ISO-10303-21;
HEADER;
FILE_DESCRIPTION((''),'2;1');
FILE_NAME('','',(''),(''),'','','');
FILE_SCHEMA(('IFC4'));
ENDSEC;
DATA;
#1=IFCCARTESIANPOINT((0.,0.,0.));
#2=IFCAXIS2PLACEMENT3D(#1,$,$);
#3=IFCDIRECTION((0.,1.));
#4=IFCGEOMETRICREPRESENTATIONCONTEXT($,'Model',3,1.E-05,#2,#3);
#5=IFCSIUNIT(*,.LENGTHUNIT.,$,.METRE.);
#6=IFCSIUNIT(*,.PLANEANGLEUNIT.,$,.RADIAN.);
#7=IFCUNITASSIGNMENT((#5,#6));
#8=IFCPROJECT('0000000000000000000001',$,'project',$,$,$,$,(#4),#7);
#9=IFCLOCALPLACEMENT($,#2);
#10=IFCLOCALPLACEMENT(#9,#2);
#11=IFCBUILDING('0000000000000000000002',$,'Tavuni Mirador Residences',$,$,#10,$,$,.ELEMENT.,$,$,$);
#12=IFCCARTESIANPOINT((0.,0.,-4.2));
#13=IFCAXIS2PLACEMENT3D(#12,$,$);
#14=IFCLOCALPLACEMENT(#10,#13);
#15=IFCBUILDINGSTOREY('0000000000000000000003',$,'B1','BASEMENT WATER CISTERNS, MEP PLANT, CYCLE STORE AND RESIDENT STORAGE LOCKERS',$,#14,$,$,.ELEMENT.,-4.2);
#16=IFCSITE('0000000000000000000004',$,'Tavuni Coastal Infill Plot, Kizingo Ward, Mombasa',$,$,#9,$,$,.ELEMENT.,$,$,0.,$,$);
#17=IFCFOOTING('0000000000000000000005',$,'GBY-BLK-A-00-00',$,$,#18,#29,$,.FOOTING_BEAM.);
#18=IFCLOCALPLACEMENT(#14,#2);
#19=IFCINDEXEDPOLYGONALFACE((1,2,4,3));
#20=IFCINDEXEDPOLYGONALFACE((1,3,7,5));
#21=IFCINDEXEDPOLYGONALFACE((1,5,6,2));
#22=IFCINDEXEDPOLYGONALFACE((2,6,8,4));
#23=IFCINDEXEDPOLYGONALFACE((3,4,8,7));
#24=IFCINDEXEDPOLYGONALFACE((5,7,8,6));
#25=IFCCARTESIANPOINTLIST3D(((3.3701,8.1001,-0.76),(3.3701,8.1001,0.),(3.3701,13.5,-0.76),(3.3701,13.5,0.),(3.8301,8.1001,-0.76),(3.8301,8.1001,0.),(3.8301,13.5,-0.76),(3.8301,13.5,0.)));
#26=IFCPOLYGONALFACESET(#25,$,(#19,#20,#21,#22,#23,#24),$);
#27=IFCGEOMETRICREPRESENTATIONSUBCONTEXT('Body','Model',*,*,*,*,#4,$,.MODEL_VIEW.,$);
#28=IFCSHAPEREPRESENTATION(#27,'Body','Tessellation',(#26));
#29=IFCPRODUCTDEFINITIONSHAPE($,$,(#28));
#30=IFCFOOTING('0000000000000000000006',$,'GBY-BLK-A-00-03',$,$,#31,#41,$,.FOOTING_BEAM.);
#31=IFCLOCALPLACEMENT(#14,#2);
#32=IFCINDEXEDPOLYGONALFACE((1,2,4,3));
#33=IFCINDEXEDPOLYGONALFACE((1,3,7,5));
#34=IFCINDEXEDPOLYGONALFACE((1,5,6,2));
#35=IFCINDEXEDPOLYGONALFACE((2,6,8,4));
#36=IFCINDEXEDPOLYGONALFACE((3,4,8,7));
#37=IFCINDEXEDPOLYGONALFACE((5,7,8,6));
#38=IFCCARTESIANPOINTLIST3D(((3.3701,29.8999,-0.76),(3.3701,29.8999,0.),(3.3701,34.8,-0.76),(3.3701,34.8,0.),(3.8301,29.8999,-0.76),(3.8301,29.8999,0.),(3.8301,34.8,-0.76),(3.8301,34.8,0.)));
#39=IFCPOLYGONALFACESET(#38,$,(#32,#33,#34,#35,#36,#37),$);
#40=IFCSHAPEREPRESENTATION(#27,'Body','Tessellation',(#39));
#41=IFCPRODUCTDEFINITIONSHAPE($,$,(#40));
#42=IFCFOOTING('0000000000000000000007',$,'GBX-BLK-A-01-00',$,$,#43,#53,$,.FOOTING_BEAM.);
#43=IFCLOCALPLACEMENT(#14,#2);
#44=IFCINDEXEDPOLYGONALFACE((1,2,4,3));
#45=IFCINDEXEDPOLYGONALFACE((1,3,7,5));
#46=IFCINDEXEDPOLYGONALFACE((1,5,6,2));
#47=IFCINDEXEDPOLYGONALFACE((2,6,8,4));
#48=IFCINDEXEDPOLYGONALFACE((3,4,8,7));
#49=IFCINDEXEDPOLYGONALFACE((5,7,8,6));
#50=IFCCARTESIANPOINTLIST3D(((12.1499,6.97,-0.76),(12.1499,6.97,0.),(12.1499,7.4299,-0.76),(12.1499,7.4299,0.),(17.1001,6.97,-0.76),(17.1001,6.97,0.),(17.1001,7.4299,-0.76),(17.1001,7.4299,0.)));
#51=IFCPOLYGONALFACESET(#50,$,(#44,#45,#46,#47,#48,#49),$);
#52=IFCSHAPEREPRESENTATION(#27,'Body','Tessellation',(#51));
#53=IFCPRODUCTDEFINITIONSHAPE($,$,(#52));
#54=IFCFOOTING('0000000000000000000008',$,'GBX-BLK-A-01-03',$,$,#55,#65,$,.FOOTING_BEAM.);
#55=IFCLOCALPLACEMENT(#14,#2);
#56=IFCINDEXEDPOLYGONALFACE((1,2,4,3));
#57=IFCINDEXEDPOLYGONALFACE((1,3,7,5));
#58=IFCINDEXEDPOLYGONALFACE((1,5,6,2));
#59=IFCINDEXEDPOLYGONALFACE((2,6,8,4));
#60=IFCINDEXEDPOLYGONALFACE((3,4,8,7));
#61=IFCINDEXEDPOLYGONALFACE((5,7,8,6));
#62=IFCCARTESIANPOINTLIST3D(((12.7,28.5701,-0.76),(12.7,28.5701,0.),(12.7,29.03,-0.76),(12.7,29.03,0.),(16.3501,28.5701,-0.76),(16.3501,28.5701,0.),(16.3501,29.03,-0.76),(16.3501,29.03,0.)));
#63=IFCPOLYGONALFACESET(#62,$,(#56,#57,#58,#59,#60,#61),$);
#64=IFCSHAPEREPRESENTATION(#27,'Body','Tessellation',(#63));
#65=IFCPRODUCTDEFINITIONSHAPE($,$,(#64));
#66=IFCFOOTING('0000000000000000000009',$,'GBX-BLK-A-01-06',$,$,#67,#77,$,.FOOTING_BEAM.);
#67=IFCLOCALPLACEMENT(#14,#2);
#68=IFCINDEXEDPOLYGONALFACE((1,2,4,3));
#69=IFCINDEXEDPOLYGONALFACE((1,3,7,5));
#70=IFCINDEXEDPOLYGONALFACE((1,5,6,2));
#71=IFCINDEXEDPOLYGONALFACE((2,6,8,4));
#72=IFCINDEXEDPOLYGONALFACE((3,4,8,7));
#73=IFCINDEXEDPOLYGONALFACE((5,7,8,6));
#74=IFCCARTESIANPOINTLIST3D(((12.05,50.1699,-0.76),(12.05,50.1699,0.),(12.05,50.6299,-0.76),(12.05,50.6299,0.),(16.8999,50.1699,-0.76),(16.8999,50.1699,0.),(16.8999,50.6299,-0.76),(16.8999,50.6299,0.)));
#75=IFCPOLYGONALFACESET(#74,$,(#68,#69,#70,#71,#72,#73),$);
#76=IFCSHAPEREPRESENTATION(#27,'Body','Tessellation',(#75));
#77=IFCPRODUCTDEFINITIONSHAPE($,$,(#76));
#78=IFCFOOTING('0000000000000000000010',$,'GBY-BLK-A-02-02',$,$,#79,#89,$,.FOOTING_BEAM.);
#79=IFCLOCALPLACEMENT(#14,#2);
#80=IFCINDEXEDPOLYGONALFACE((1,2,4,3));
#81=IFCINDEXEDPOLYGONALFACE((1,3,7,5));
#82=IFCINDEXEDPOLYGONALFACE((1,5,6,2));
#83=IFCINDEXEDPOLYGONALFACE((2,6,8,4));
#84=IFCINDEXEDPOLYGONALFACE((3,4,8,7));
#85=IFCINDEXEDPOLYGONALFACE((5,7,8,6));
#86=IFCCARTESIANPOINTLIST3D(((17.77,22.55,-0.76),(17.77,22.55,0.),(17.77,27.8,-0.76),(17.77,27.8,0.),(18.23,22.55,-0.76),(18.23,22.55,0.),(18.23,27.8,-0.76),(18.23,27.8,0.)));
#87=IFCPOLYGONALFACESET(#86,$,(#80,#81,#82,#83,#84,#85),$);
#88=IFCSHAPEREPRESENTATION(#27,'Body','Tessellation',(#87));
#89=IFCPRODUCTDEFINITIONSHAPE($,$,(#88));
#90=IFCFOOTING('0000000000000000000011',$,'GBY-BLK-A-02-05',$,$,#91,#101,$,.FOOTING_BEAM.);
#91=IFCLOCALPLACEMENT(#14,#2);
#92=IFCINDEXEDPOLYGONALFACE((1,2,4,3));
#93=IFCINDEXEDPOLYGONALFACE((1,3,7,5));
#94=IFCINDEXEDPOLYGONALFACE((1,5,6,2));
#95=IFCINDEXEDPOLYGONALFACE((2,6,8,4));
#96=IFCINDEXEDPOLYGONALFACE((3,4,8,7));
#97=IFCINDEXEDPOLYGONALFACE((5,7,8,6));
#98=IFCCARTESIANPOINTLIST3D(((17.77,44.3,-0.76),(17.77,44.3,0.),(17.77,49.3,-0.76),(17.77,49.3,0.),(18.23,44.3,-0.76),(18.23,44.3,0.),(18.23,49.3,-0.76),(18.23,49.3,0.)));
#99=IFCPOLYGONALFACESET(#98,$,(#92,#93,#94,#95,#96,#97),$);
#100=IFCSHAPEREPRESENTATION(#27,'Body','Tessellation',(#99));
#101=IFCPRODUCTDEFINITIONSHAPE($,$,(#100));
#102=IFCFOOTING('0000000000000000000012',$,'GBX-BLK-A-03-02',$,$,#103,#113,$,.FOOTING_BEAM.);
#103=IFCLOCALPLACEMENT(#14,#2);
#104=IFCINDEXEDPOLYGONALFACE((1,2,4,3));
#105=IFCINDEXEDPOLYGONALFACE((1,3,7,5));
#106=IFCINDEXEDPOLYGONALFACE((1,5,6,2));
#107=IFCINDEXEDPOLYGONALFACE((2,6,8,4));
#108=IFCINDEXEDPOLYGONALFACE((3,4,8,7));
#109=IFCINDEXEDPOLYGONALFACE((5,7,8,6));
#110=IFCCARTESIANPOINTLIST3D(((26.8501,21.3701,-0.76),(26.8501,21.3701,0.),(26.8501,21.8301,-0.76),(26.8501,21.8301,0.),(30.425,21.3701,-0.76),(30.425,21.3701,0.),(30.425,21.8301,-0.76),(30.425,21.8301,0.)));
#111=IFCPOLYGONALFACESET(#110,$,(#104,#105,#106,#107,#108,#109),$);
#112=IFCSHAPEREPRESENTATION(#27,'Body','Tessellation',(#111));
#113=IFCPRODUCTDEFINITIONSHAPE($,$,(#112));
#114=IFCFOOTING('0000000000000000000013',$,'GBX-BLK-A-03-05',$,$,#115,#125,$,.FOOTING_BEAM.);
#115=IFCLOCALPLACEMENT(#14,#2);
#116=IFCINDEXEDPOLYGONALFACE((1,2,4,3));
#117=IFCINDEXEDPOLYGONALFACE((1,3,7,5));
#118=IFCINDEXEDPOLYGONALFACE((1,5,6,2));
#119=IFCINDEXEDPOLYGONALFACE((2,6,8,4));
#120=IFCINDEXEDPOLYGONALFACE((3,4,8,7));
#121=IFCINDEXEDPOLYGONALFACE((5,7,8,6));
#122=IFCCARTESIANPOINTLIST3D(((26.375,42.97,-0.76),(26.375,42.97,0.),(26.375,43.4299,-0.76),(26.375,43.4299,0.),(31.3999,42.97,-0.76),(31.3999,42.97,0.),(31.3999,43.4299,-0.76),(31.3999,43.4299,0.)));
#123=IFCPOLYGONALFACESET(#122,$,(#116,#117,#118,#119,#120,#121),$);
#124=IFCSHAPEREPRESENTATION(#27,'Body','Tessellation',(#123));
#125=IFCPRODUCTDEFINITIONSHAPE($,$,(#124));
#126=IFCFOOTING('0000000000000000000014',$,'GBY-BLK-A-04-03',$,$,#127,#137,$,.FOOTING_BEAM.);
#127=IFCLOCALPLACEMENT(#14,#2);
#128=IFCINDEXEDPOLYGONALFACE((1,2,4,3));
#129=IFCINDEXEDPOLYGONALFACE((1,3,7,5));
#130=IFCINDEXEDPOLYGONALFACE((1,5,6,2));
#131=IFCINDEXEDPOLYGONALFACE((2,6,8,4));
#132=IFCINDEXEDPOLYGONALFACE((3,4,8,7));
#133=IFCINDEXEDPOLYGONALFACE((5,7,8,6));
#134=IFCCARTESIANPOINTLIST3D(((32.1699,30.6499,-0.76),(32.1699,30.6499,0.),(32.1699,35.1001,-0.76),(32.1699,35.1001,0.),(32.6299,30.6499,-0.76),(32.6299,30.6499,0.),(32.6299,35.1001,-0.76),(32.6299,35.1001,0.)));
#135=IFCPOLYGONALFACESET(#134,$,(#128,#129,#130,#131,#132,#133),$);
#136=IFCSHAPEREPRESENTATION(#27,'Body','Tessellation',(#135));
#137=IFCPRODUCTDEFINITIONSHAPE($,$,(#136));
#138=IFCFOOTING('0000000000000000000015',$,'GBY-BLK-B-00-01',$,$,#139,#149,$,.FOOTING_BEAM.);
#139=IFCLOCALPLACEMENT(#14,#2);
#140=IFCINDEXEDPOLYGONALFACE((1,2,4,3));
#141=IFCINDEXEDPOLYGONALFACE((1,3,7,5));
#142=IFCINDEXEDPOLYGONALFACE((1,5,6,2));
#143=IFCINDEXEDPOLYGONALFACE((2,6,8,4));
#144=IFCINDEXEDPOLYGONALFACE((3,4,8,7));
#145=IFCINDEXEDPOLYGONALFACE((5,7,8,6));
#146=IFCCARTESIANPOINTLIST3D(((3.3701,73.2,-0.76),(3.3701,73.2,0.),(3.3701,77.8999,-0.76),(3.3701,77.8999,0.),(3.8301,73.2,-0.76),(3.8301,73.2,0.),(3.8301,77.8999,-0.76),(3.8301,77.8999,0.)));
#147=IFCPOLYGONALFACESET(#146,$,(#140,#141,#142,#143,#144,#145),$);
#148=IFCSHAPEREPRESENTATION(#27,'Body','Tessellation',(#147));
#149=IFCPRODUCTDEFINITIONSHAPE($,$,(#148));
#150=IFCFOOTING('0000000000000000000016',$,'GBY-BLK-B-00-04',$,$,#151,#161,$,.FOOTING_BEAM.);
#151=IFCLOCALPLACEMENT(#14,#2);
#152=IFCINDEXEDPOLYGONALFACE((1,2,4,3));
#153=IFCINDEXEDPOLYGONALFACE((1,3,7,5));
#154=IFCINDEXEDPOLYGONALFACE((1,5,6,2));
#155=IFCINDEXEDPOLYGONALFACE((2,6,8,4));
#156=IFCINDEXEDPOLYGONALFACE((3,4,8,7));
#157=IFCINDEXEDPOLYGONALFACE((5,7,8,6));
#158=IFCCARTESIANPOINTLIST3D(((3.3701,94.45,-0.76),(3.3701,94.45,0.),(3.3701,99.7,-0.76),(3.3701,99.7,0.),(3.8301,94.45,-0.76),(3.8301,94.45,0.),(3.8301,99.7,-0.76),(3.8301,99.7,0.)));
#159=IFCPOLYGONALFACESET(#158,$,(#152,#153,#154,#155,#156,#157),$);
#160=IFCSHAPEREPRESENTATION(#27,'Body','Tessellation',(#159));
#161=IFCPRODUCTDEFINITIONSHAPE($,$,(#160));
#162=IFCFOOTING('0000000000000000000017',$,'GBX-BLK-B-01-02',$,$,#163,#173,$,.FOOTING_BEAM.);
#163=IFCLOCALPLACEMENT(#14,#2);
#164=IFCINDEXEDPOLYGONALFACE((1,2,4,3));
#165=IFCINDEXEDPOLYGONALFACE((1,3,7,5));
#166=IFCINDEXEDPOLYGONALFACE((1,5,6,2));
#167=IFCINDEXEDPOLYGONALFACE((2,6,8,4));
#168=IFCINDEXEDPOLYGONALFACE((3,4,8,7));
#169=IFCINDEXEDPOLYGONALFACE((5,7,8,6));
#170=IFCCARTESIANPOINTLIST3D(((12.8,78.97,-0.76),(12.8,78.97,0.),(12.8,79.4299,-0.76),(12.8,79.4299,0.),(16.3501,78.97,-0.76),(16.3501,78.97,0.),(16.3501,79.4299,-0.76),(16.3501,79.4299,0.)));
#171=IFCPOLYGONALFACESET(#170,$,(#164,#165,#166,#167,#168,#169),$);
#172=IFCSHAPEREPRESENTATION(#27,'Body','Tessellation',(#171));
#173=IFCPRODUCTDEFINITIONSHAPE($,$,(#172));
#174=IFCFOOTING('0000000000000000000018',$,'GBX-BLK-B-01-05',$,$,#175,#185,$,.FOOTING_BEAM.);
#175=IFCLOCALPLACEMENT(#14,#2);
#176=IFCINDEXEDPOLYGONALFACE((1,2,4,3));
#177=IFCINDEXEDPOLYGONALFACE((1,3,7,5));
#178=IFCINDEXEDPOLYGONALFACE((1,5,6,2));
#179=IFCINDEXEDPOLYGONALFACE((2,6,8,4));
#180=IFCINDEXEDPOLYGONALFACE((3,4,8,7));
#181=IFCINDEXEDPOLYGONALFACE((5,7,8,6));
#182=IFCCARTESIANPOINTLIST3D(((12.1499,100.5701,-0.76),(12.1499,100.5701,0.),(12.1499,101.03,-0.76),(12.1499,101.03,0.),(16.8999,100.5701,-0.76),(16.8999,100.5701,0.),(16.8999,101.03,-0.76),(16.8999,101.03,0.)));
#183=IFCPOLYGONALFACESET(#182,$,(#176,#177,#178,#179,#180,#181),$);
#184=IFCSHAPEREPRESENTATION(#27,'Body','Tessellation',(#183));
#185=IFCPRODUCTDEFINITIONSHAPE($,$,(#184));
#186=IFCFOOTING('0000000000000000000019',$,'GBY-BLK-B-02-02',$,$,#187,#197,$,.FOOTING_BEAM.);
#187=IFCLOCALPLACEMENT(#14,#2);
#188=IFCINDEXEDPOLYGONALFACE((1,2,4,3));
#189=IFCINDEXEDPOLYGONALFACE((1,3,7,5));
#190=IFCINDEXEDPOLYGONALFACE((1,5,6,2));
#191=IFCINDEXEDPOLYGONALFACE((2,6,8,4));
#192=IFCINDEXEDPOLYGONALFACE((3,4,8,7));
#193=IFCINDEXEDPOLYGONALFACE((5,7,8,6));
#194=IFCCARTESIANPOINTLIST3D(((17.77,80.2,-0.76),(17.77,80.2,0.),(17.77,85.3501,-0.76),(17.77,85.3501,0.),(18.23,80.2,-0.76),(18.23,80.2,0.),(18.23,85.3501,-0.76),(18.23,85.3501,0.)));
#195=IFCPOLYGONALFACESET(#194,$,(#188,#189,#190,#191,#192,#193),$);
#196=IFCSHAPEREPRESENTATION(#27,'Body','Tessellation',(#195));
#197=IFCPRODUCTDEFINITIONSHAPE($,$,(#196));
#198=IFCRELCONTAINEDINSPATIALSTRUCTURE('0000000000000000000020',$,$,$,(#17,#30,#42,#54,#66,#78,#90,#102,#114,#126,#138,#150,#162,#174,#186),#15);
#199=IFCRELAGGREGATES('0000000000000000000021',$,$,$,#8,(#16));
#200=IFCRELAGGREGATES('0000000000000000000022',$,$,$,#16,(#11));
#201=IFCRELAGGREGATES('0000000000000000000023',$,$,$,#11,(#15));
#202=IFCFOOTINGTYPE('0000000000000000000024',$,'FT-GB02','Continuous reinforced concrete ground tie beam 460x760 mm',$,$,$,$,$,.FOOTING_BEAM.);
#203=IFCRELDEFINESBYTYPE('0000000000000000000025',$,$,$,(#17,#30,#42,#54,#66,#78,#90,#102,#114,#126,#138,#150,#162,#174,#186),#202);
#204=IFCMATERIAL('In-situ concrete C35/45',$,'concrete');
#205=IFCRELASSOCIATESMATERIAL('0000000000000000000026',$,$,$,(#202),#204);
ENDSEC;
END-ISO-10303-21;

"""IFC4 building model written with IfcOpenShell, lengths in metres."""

from ifc_helpers import new_model, si_unit, direction, frame, origin, place, context, subcontext, project, spatial, polyline, outline, extrude, material, type_object, element, save


model = new_model("IFC4")

# Units and contexts
model_context = context("Model", 3, precision=1e-05, world=origin(), true_north=direction((0.0, 1.0)))
body_context = subcontext(model_context, "Body", "Model", "MODEL_VIEW")
ifc_project = project(units=[si_unit("LENGTHUNIT", "METRE"), si_unit("PLANEANGLEUNIT", "RADIAN")], contexts=[model_context])

# Site, building, storey
site_placement = place(None, origin())
site = spatial("IfcSite", under=ifc_project, at=site_placement, Name="Tavuni Coastal Infill Plot, Kizingo Ward, Mombasa", CompositionType="ELEMENT", RefElevation=0.0)
building_placement = place(site_placement, origin())
building = spatial("IfcBuilding", under=site, at=building_placement, Name="Tavuni Mirador Residences", CompositionType="ELEMENT")
storey_placement = place(building_placement, frame((0.0, 0.0, -4.2)))
storey = spatial("IfcBuildingStorey", under=building, at=storey_placement, Name="B1", Description="BASEMENT WATER CISTERNS, MEP PLANT, CYCLE STORE AND RESIDENT STORAGE LOCKERS", CompositionType="ELEMENT", Elevation=-4.2)

# Footings
ifc_material = material(Name="In-situ concrete C35/45", Category="concrete")
footing_type_1 = type_object("IfcFootingType", Name="FT-GB02", Description="Continuous reinforced concrete ground tie beam 460x760 mm", PredefinedType="FOOTING_BEAM", material=ifc_material)
footing_1_placement = place(storey_placement, frame((0.0, 0.0, -0.76)))
element("IfcFooting", 1, at=footing_1_placement, inside=storey, type_object=footing_type_1, Name="GBY-BLK-A-00-00", PredefinedType="FOOTING_BEAM", context=body_context, shape_type="SweptSolid", body=[
    extrude(outline(polyline([(3.3701, 8.1001), (3.8301, 8.1001), (3.8301, 13.5), (3.3701, 13.5), (3.3701, 8.1001)])), origin(), (0.0, 0.0, 1.0), 0.76),
])
footing_2_placement = place(storey_placement, frame((0.0, 0.0, -0.76)))
element("IfcFooting", 2, at=footing_2_placement, inside=storey, type_object=footing_type_1, Name="GBY-BLK-A-00-03", PredefinedType="FOOTING_BEAM", context=body_context, shape_type="SweptSolid", body=[
    extrude(outline(polyline([(3.3701, 29.8999), (3.8301, 29.8999), (3.8301, 34.8), (3.3701, 34.8), (3.3701, 29.8999)])), origin(), (0.0, 0.0, 1.0), 0.76),
])
footing_3_placement = place(storey_placement, frame((0.0, 0.0, -0.76)))
element("IfcFooting", 3, at=footing_3_placement, inside=storey, type_object=footing_type_1, Name="GBX-BLK-A-01-00", PredefinedType="FOOTING_BEAM", context=body_context, shape_type="SweptSolid", body=[
    extrude(outline(polyline([(12.1499, 6.97), (17.1001, 6.97), (17.1001, 7.4299), (12.1499, 7.4299), (12.1499, 6.97)])), origin(), (0.0, 0.0, 1.0), 0.76),
])
footing_4_placement = place(storey_placement, frame((0.0, 0.0, -0.76)))
element("IfcFooting", 4, at=footing_4_placement, inside=storey, type_object=footing_type_1, Name="GBX-BLK-A-01-03", PredefinedType="FOOTING_BEAM", context=body_context, shape_type="SweptSolid", body=[
    extrude(outline(polyline([(12.7, 28.5701), (16.3501, 28.5701), (16.3501, 29.03), (12.7, 29.03), (12.7, 28.5701)])), origin(), (0.0, 0.0, 1.0), 0.76),
])
footing_5_placement = place(storey_placement, frame((0.0, 0.0, -0.76)))
element("IfcFooting", 5, at=footing_5_placement, inside=storey, type_object=footing_type_1, Name="GBX-BLK-A-01-06", PredefinedType="FOOTING_BEAM", context=body_context, shape_type="SweptSolid", body=[
    extrude(outline(polyline([(12.05, 50.1699), (16.8999, 50.1699), (16.8999, 50.6299), (12.05, 50.6299), (12.05, 50.1699)])), origin(), (0.0, 0.0, 1.0), 0.76),
])
footing_6_placement = place(storey_placement, frame((0.0, 0.0, -0.76)))
element("IfcFooting", 6, at=footing_6_placement, inside=storey, type_object=footing_type_1, Name="GBY-BLK-A-02-02", PredefinedType="FOOTING_BEAM", context=body_context, shape_type="SweptSolid", body=[
    extrude(outline(polyline([(17.77, 22.55), (18.23, 22.55), (18.23, 27.8), (17.77, 27.8), (17.77, 22.55)])), origin(), (0.0, 0.0, 1.0), 0.76),
])
footing_7_placement = place(storey_placement, frame((0.0, 0.0, -0.76)))
element("IfcFooting", 7, at=footing_7_placement, inside=storey, type_object=footing_type_1, Name="GBY-BLK-A-02-05", PredefinedType="FOOTING_BEAM", context=body_context, shape_type="SweptSolid", body=[
    extrude(outline(polyline([(17.77, 44.3), (18.23, 44.3), (18.23, 49.3), (17.77, 49.3), (17.77, 44.3)])), origin(), (0.0, 0.0, 1.0), 0.76),
])
footing_8_placement = place(storey_placement, frame((0.0, 0.0, -0.76)))
element("IfcFooting", 8, at=footing_8_placement, inside=storey, type_object=footing_type_1, Name="GBX-BLK-A-03-02", PredefinedType="FOOTING_BEAM", context=body_context, shape_type="SweptSolid", body=[
    extrude(outline(polyline([(26.8501, 21.3701), (30.425, 21.3701), (30.425, 21.8301), (26.8501, 21.8301), (26.8501, 21.3701)])), origin(), (0.0, 0.0, 1.0), 0.76),
])
footing_9_placement = place(storey_placement, frame((0.0, 0.0, -0.76)))
element("IfcFooting", 9, at=footing_9_placement, inside=storey, type_object=footing_type_1, Name="GBX-BLK-A-03-05", PredefinedType="FOOTING_BEAM", context=body_context, shape_type="SweptSolid", body=[
    extrude(outline(polyline([(26.375, 42.97), (31.3999, 42.97), (31.3999, 43.4299), (26.375, 43.4299), (26.375, 42.97)])), origin(), (0.0, 0.0, 1.0), 0.76),
])
footing_10_placement = place(storey_placement, frame((0.0, 0.0, -0.76)))
element("IfcFooting", 10, at=footing_10_placement, inside=storey, type_object=footing_type_1, Name="GBY-BLK-A-04-03", PredefinedType="FOOTING_BEAM", context=body_context, shape_type="SweptSolid", body=[
    extrude(outline(polyline([(32.1699, 30.6499), (32.6299, 30.6499), (32.6299, 35.1001), (32.1699, 35.1001), (32.1699, 30.6499)])), origin(), (0.0, 0.0, 1.0), 0.76),
])
footing_11_placement = place(storey_placement, frame((0.0, 0.0, -0.76)))
element("IfcFooting", 11, at=footing_11_placement, inside=storey, type_object=footing_type_1, Name="GBY-BLK-B-00-01", PredefinedType="FOOTING_BEAM", context=body_context, shape_type="SweptSolid", body=[
    extrude(outline(polyline([(3.3701, 73.2), (3.8301, 73.2), (3.8301, 77.8999), (3.3701, 77.8999), (3.3701, 73.2)])), origin(), (0.0, 0.0, 1.0), 0.76),
])
footing_12_placement = place(storey_placement, frame((0.0, 0.0, -0.76)))
element("IfcFooting", 12, at=footing_12_placement, inside=storey, type_object=footing_type_1, Name="GBY-BLK-B-00-04", PredefinedType="FOOTING_BEAM", context=body_context, shape_type="SweptSolid", body=[
    extrude(outline(polyline([(3.3701, 94.45), (3.8301, 94.45), (3.8301, 99.7), (3.3701, 99.7), (3.3701, 94.45)])), origin(), (0.0, 0.0, 1.0), 0.76),
])
footing_13_placement = place(storey_placement, frame((0.0, 0.0, -0.76)))
element("IfcFooting", 13, at=footing_13_placement, inside=storey, type_object=footing_type_1, Name="GBX-BLK-B-01-02", PredefinedType="FOOTING_BEAM", context=body_context, shape_type="SweptSolid", body=[
    extrude(outline(polyline([(12.8, 78.97), (16.3501, 78.97), (16.3501, 79.4299), (12.8, 79.4299), (12.8, 78.97)])), origin(), (0.0, 0.0, 1.0), 0.76),
])
footing_14_placement = place(storey_placement, frame((0.0, 0.0, -0.76)))
element("IfcFooting", 14, at=footing_14_placement, inside=storey, type_object=footing_type_1, Name="GBX-BLK-B-01-05", PredefinedType="FOOTING_BEAM", context=body_context, shape_type="SweptSolid", body=[
    extrude(outline(polyline([(12.1499, 100.5701), (16.8999, 100.5701), (16.8999, 101.03), (12.1499, 101.03), (12.1499, 100.5701)])), origin(), (0.0, 0.0, 1.0), 0.76),
])
footing_15_placement = place(storey_placement, frame((0.0, 0.0, -0.76)))
element("IfcFooting", 15, at=footing_15_placement, inside=storey, type_object=footing_type_1, Name="GBY-BLK-B-02-02", PredefinedType="FOOTING_BEAM", context=body_context, shape_type="SweptSolid", body=[
    extrude(outline(polyline([(17.77, 80.2), (18.23, 80.2), (18.23, 85.3501), (17.77, 85.3501), (17.77, 80.2)])), origin(), (0.0, 0.0, 1.0), 0.76),
])

save(model, "model.ifc")
